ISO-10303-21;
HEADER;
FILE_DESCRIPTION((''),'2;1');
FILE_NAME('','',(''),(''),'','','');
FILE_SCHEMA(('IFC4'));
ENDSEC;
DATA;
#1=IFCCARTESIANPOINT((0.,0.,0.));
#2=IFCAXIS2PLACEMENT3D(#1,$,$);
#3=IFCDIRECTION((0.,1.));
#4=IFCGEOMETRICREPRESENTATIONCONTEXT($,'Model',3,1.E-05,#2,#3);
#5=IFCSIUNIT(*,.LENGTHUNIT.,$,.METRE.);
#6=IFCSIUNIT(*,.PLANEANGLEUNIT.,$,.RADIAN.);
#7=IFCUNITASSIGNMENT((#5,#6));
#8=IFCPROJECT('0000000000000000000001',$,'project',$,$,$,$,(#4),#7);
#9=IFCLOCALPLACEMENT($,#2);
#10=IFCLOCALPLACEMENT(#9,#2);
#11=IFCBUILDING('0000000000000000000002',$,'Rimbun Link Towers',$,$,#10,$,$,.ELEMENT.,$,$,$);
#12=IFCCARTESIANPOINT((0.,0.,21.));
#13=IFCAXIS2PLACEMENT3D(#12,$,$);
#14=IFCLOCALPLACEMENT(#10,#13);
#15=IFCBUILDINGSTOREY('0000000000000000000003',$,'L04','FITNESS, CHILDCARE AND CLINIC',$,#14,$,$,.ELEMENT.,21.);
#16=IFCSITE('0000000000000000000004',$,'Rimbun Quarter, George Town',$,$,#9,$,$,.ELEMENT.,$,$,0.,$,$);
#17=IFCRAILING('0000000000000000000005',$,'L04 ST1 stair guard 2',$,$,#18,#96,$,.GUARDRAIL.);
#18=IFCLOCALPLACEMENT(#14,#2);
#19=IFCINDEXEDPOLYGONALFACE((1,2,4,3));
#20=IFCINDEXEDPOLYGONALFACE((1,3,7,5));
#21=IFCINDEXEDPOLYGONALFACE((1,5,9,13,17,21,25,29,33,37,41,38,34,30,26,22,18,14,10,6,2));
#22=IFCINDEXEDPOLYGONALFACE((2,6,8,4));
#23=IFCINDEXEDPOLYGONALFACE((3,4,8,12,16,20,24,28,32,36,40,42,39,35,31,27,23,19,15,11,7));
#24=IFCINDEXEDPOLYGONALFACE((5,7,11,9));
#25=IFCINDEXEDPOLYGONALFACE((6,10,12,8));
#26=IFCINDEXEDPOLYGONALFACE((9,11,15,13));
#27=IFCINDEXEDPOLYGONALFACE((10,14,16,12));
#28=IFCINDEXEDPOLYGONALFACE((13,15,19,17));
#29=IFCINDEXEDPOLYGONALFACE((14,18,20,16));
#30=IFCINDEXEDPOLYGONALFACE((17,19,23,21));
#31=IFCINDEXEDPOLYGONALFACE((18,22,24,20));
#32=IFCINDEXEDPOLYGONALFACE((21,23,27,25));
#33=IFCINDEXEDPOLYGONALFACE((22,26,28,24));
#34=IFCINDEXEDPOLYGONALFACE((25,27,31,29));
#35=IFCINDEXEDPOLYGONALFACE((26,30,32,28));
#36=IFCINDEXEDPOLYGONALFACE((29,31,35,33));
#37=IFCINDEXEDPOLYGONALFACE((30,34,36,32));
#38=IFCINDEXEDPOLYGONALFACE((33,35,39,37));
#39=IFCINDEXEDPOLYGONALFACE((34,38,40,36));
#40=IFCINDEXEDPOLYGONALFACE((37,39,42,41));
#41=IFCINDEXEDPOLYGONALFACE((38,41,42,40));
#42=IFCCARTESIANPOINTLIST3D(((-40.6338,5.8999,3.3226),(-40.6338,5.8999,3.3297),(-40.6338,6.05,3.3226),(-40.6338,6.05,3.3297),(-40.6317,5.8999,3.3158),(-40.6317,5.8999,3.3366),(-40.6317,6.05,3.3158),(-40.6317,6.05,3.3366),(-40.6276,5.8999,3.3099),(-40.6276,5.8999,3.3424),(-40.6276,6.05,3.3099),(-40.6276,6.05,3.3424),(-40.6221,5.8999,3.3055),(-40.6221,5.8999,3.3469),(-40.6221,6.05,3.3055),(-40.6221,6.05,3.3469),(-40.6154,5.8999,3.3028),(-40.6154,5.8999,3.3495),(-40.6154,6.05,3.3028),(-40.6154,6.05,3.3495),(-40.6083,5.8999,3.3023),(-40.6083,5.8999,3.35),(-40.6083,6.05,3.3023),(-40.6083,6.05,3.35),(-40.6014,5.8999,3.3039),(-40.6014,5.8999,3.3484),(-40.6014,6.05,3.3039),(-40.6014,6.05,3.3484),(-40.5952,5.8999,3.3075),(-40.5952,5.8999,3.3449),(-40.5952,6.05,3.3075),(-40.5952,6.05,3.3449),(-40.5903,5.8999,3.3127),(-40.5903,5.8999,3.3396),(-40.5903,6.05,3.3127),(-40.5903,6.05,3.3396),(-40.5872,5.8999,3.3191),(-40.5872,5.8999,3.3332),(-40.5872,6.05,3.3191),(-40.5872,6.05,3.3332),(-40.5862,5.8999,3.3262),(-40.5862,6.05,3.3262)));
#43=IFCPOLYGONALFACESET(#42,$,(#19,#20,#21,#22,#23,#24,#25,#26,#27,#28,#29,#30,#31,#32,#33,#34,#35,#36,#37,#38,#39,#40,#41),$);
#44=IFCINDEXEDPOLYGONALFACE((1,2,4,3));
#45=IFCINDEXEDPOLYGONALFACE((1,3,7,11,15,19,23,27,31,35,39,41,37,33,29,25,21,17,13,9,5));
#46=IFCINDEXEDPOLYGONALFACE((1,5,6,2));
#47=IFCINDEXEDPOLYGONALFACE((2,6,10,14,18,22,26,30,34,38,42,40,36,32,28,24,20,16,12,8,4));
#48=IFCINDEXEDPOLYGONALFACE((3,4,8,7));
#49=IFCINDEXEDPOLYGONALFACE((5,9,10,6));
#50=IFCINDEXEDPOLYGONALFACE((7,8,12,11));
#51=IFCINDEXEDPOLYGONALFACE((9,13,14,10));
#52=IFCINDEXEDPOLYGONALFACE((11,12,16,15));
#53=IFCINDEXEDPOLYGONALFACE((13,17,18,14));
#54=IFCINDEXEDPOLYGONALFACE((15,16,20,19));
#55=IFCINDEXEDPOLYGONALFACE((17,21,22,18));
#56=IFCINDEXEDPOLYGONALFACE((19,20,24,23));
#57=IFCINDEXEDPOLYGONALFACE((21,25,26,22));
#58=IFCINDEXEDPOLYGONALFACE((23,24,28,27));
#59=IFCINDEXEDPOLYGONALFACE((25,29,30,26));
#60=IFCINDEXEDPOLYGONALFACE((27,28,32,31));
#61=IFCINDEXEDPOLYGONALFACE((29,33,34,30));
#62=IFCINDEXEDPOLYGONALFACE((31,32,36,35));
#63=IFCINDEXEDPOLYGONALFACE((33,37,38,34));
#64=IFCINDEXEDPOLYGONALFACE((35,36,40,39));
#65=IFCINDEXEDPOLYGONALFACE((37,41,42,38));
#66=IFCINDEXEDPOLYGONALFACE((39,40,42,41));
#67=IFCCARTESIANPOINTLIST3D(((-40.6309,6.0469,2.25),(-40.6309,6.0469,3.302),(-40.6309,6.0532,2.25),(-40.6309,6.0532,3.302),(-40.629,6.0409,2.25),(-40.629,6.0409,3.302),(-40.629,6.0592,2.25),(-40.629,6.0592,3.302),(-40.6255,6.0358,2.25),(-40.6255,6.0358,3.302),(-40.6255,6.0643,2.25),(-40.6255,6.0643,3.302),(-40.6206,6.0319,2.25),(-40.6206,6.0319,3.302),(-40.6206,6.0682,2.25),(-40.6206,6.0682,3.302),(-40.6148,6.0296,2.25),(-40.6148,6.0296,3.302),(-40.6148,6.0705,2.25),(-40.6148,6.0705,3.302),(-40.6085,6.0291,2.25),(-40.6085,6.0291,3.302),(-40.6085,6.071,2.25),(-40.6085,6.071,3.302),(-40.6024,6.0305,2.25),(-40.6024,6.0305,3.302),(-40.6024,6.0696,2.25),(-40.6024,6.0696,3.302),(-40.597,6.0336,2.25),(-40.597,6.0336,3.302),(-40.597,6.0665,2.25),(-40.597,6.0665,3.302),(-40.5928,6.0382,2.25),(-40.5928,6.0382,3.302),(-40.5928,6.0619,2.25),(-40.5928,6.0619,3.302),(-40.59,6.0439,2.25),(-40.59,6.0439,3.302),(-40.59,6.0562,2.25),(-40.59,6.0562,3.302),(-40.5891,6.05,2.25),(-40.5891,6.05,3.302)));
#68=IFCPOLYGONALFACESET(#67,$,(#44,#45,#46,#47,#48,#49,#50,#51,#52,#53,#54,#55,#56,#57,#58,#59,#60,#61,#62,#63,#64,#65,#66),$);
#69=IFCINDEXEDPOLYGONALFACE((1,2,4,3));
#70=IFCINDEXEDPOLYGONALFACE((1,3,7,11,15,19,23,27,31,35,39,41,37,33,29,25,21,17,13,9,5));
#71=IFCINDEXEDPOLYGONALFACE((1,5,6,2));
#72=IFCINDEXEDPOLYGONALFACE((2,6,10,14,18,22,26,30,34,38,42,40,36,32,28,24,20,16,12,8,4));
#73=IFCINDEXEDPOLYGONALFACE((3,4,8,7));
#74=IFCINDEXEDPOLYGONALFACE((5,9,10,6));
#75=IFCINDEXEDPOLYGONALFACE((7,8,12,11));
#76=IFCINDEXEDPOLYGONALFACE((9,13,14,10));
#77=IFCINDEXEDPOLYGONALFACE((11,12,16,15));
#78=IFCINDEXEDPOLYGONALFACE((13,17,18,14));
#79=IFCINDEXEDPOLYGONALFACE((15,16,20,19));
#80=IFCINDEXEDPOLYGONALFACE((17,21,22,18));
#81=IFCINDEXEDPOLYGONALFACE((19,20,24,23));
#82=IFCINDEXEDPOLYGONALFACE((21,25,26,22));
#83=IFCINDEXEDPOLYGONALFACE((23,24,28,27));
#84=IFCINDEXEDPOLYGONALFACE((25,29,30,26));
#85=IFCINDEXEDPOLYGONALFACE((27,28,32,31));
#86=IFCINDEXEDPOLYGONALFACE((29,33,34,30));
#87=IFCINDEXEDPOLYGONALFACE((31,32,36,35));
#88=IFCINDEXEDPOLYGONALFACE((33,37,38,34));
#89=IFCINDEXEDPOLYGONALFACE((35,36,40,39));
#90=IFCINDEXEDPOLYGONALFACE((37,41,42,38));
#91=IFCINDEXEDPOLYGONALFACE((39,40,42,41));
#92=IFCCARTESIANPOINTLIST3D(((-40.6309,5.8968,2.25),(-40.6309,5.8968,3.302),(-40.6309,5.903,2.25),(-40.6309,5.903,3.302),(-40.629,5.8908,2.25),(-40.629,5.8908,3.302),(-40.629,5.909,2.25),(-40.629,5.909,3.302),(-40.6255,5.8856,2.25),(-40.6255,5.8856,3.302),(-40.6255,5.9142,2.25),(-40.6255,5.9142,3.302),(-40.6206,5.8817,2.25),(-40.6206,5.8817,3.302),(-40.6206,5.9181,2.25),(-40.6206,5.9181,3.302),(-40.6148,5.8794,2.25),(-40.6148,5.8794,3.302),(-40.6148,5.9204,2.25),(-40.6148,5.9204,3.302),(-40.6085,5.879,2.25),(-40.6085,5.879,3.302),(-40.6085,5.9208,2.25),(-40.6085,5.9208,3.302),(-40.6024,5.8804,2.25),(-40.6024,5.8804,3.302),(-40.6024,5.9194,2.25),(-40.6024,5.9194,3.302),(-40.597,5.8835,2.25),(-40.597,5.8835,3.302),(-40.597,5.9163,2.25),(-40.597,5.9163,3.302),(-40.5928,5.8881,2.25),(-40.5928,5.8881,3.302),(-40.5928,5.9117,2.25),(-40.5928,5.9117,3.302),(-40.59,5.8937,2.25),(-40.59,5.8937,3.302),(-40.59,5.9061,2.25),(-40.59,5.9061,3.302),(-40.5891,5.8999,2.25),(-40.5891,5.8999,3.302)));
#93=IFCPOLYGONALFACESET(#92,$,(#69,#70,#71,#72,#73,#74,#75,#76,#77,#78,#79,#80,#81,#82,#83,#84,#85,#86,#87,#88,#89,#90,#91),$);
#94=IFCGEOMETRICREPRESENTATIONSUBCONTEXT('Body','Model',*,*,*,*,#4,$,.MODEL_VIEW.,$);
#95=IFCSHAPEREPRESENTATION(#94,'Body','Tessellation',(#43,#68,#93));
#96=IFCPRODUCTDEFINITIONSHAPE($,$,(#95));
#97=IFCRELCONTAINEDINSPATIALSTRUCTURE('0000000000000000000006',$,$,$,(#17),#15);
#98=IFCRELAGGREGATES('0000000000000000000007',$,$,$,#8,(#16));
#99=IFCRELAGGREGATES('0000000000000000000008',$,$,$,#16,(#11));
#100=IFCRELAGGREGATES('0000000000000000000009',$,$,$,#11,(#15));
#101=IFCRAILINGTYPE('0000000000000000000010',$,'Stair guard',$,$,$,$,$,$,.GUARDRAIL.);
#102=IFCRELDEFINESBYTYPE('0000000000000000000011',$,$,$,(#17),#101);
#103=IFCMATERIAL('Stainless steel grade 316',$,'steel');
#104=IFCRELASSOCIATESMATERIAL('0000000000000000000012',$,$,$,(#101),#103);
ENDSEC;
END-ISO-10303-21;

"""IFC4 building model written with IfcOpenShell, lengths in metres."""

from ifc_helpers import new_model, si_unit, direction, frame, origin, origin_2d, place, context, subcontext, project, spatial, circle, extrude, material, type_object, element, save


model = new_model("IFC4")

# Units and contexts
model_context = context("Model", 3, precision=1e-05, world=origin(), true_north=direction((0.0, 1.0)))
body_context = subcontext(model_context, "Body", "Model", "MODEL_VIEW")
ifc_project = project(units=[si_unit("LENGTHUNIT", "METRE"), si_unit("PLANEANGLEUNIT", "RADIAN")], contexts=[model_context])

# Site, building, storey
site_placement = place(None, origin())
site = spatial("IfcSite", under=ifc_project, at=site_placement, Name="Rimbun Quarter, George Town", CompositionType="ELEMENT", RefElevation=0.0)
building_placement = place(site_placement, origin())
building = spatial("IfcBuilding", under=site, at=building_placement, Name="Rimbun Link Towers", CompositionType="ELEMENT")
storey_placement = place(building_placement, frame((0.0, 0.0, 21.0)))
storey = spatial("IfcBuildingStorey", under=building, at=storey_placement, Name="L04", Description="FITNESS, CHILDCARE AND CLINIC", CompositionType="ELEMENT", Elevation=21.0)

# Railing
ifc_material_1 = material(Name="Stainless steel grade 316", Category="steel")
railing_type_1 = type_object("IfcRailingType", Name="Stair guard", PredefinedType="GUARDRAIL", material=ifc_material_1)
railing_1_placement = place(storey_placement, frame((-40.6101, 6.05, 2.25)))
element("IfcRailing", 1, at=railing_1_placement, inside=storey, type_object=railing_type_1, Name="L04 ST1 stair guard 2", PredefinedType="GUARDRAIL", context=body_context, shape_type="SweptSolid", body=[
    extrude(circle(Radius=0.0239, at=origin_2d()), frame((0.0, 0.0, 1.0762), z_axis=(0.0, -1.0, 0.0), x_axis=(1.0, 0.0, 0.0)), (0.0, 0.0, 1.0), 0.1501),
    extrude(circle(Radius=0.021, at=origin_2d()), origin(), (0.0, 0.0, 1.0), 1.052),
    extrude(circle(Radius=0.021, at=origin_2d()), frame((0.0, -0.1501, 0.0)), (0.0, 0.0, 1.0), 1.052),
])

save(model, "model.ifc")
